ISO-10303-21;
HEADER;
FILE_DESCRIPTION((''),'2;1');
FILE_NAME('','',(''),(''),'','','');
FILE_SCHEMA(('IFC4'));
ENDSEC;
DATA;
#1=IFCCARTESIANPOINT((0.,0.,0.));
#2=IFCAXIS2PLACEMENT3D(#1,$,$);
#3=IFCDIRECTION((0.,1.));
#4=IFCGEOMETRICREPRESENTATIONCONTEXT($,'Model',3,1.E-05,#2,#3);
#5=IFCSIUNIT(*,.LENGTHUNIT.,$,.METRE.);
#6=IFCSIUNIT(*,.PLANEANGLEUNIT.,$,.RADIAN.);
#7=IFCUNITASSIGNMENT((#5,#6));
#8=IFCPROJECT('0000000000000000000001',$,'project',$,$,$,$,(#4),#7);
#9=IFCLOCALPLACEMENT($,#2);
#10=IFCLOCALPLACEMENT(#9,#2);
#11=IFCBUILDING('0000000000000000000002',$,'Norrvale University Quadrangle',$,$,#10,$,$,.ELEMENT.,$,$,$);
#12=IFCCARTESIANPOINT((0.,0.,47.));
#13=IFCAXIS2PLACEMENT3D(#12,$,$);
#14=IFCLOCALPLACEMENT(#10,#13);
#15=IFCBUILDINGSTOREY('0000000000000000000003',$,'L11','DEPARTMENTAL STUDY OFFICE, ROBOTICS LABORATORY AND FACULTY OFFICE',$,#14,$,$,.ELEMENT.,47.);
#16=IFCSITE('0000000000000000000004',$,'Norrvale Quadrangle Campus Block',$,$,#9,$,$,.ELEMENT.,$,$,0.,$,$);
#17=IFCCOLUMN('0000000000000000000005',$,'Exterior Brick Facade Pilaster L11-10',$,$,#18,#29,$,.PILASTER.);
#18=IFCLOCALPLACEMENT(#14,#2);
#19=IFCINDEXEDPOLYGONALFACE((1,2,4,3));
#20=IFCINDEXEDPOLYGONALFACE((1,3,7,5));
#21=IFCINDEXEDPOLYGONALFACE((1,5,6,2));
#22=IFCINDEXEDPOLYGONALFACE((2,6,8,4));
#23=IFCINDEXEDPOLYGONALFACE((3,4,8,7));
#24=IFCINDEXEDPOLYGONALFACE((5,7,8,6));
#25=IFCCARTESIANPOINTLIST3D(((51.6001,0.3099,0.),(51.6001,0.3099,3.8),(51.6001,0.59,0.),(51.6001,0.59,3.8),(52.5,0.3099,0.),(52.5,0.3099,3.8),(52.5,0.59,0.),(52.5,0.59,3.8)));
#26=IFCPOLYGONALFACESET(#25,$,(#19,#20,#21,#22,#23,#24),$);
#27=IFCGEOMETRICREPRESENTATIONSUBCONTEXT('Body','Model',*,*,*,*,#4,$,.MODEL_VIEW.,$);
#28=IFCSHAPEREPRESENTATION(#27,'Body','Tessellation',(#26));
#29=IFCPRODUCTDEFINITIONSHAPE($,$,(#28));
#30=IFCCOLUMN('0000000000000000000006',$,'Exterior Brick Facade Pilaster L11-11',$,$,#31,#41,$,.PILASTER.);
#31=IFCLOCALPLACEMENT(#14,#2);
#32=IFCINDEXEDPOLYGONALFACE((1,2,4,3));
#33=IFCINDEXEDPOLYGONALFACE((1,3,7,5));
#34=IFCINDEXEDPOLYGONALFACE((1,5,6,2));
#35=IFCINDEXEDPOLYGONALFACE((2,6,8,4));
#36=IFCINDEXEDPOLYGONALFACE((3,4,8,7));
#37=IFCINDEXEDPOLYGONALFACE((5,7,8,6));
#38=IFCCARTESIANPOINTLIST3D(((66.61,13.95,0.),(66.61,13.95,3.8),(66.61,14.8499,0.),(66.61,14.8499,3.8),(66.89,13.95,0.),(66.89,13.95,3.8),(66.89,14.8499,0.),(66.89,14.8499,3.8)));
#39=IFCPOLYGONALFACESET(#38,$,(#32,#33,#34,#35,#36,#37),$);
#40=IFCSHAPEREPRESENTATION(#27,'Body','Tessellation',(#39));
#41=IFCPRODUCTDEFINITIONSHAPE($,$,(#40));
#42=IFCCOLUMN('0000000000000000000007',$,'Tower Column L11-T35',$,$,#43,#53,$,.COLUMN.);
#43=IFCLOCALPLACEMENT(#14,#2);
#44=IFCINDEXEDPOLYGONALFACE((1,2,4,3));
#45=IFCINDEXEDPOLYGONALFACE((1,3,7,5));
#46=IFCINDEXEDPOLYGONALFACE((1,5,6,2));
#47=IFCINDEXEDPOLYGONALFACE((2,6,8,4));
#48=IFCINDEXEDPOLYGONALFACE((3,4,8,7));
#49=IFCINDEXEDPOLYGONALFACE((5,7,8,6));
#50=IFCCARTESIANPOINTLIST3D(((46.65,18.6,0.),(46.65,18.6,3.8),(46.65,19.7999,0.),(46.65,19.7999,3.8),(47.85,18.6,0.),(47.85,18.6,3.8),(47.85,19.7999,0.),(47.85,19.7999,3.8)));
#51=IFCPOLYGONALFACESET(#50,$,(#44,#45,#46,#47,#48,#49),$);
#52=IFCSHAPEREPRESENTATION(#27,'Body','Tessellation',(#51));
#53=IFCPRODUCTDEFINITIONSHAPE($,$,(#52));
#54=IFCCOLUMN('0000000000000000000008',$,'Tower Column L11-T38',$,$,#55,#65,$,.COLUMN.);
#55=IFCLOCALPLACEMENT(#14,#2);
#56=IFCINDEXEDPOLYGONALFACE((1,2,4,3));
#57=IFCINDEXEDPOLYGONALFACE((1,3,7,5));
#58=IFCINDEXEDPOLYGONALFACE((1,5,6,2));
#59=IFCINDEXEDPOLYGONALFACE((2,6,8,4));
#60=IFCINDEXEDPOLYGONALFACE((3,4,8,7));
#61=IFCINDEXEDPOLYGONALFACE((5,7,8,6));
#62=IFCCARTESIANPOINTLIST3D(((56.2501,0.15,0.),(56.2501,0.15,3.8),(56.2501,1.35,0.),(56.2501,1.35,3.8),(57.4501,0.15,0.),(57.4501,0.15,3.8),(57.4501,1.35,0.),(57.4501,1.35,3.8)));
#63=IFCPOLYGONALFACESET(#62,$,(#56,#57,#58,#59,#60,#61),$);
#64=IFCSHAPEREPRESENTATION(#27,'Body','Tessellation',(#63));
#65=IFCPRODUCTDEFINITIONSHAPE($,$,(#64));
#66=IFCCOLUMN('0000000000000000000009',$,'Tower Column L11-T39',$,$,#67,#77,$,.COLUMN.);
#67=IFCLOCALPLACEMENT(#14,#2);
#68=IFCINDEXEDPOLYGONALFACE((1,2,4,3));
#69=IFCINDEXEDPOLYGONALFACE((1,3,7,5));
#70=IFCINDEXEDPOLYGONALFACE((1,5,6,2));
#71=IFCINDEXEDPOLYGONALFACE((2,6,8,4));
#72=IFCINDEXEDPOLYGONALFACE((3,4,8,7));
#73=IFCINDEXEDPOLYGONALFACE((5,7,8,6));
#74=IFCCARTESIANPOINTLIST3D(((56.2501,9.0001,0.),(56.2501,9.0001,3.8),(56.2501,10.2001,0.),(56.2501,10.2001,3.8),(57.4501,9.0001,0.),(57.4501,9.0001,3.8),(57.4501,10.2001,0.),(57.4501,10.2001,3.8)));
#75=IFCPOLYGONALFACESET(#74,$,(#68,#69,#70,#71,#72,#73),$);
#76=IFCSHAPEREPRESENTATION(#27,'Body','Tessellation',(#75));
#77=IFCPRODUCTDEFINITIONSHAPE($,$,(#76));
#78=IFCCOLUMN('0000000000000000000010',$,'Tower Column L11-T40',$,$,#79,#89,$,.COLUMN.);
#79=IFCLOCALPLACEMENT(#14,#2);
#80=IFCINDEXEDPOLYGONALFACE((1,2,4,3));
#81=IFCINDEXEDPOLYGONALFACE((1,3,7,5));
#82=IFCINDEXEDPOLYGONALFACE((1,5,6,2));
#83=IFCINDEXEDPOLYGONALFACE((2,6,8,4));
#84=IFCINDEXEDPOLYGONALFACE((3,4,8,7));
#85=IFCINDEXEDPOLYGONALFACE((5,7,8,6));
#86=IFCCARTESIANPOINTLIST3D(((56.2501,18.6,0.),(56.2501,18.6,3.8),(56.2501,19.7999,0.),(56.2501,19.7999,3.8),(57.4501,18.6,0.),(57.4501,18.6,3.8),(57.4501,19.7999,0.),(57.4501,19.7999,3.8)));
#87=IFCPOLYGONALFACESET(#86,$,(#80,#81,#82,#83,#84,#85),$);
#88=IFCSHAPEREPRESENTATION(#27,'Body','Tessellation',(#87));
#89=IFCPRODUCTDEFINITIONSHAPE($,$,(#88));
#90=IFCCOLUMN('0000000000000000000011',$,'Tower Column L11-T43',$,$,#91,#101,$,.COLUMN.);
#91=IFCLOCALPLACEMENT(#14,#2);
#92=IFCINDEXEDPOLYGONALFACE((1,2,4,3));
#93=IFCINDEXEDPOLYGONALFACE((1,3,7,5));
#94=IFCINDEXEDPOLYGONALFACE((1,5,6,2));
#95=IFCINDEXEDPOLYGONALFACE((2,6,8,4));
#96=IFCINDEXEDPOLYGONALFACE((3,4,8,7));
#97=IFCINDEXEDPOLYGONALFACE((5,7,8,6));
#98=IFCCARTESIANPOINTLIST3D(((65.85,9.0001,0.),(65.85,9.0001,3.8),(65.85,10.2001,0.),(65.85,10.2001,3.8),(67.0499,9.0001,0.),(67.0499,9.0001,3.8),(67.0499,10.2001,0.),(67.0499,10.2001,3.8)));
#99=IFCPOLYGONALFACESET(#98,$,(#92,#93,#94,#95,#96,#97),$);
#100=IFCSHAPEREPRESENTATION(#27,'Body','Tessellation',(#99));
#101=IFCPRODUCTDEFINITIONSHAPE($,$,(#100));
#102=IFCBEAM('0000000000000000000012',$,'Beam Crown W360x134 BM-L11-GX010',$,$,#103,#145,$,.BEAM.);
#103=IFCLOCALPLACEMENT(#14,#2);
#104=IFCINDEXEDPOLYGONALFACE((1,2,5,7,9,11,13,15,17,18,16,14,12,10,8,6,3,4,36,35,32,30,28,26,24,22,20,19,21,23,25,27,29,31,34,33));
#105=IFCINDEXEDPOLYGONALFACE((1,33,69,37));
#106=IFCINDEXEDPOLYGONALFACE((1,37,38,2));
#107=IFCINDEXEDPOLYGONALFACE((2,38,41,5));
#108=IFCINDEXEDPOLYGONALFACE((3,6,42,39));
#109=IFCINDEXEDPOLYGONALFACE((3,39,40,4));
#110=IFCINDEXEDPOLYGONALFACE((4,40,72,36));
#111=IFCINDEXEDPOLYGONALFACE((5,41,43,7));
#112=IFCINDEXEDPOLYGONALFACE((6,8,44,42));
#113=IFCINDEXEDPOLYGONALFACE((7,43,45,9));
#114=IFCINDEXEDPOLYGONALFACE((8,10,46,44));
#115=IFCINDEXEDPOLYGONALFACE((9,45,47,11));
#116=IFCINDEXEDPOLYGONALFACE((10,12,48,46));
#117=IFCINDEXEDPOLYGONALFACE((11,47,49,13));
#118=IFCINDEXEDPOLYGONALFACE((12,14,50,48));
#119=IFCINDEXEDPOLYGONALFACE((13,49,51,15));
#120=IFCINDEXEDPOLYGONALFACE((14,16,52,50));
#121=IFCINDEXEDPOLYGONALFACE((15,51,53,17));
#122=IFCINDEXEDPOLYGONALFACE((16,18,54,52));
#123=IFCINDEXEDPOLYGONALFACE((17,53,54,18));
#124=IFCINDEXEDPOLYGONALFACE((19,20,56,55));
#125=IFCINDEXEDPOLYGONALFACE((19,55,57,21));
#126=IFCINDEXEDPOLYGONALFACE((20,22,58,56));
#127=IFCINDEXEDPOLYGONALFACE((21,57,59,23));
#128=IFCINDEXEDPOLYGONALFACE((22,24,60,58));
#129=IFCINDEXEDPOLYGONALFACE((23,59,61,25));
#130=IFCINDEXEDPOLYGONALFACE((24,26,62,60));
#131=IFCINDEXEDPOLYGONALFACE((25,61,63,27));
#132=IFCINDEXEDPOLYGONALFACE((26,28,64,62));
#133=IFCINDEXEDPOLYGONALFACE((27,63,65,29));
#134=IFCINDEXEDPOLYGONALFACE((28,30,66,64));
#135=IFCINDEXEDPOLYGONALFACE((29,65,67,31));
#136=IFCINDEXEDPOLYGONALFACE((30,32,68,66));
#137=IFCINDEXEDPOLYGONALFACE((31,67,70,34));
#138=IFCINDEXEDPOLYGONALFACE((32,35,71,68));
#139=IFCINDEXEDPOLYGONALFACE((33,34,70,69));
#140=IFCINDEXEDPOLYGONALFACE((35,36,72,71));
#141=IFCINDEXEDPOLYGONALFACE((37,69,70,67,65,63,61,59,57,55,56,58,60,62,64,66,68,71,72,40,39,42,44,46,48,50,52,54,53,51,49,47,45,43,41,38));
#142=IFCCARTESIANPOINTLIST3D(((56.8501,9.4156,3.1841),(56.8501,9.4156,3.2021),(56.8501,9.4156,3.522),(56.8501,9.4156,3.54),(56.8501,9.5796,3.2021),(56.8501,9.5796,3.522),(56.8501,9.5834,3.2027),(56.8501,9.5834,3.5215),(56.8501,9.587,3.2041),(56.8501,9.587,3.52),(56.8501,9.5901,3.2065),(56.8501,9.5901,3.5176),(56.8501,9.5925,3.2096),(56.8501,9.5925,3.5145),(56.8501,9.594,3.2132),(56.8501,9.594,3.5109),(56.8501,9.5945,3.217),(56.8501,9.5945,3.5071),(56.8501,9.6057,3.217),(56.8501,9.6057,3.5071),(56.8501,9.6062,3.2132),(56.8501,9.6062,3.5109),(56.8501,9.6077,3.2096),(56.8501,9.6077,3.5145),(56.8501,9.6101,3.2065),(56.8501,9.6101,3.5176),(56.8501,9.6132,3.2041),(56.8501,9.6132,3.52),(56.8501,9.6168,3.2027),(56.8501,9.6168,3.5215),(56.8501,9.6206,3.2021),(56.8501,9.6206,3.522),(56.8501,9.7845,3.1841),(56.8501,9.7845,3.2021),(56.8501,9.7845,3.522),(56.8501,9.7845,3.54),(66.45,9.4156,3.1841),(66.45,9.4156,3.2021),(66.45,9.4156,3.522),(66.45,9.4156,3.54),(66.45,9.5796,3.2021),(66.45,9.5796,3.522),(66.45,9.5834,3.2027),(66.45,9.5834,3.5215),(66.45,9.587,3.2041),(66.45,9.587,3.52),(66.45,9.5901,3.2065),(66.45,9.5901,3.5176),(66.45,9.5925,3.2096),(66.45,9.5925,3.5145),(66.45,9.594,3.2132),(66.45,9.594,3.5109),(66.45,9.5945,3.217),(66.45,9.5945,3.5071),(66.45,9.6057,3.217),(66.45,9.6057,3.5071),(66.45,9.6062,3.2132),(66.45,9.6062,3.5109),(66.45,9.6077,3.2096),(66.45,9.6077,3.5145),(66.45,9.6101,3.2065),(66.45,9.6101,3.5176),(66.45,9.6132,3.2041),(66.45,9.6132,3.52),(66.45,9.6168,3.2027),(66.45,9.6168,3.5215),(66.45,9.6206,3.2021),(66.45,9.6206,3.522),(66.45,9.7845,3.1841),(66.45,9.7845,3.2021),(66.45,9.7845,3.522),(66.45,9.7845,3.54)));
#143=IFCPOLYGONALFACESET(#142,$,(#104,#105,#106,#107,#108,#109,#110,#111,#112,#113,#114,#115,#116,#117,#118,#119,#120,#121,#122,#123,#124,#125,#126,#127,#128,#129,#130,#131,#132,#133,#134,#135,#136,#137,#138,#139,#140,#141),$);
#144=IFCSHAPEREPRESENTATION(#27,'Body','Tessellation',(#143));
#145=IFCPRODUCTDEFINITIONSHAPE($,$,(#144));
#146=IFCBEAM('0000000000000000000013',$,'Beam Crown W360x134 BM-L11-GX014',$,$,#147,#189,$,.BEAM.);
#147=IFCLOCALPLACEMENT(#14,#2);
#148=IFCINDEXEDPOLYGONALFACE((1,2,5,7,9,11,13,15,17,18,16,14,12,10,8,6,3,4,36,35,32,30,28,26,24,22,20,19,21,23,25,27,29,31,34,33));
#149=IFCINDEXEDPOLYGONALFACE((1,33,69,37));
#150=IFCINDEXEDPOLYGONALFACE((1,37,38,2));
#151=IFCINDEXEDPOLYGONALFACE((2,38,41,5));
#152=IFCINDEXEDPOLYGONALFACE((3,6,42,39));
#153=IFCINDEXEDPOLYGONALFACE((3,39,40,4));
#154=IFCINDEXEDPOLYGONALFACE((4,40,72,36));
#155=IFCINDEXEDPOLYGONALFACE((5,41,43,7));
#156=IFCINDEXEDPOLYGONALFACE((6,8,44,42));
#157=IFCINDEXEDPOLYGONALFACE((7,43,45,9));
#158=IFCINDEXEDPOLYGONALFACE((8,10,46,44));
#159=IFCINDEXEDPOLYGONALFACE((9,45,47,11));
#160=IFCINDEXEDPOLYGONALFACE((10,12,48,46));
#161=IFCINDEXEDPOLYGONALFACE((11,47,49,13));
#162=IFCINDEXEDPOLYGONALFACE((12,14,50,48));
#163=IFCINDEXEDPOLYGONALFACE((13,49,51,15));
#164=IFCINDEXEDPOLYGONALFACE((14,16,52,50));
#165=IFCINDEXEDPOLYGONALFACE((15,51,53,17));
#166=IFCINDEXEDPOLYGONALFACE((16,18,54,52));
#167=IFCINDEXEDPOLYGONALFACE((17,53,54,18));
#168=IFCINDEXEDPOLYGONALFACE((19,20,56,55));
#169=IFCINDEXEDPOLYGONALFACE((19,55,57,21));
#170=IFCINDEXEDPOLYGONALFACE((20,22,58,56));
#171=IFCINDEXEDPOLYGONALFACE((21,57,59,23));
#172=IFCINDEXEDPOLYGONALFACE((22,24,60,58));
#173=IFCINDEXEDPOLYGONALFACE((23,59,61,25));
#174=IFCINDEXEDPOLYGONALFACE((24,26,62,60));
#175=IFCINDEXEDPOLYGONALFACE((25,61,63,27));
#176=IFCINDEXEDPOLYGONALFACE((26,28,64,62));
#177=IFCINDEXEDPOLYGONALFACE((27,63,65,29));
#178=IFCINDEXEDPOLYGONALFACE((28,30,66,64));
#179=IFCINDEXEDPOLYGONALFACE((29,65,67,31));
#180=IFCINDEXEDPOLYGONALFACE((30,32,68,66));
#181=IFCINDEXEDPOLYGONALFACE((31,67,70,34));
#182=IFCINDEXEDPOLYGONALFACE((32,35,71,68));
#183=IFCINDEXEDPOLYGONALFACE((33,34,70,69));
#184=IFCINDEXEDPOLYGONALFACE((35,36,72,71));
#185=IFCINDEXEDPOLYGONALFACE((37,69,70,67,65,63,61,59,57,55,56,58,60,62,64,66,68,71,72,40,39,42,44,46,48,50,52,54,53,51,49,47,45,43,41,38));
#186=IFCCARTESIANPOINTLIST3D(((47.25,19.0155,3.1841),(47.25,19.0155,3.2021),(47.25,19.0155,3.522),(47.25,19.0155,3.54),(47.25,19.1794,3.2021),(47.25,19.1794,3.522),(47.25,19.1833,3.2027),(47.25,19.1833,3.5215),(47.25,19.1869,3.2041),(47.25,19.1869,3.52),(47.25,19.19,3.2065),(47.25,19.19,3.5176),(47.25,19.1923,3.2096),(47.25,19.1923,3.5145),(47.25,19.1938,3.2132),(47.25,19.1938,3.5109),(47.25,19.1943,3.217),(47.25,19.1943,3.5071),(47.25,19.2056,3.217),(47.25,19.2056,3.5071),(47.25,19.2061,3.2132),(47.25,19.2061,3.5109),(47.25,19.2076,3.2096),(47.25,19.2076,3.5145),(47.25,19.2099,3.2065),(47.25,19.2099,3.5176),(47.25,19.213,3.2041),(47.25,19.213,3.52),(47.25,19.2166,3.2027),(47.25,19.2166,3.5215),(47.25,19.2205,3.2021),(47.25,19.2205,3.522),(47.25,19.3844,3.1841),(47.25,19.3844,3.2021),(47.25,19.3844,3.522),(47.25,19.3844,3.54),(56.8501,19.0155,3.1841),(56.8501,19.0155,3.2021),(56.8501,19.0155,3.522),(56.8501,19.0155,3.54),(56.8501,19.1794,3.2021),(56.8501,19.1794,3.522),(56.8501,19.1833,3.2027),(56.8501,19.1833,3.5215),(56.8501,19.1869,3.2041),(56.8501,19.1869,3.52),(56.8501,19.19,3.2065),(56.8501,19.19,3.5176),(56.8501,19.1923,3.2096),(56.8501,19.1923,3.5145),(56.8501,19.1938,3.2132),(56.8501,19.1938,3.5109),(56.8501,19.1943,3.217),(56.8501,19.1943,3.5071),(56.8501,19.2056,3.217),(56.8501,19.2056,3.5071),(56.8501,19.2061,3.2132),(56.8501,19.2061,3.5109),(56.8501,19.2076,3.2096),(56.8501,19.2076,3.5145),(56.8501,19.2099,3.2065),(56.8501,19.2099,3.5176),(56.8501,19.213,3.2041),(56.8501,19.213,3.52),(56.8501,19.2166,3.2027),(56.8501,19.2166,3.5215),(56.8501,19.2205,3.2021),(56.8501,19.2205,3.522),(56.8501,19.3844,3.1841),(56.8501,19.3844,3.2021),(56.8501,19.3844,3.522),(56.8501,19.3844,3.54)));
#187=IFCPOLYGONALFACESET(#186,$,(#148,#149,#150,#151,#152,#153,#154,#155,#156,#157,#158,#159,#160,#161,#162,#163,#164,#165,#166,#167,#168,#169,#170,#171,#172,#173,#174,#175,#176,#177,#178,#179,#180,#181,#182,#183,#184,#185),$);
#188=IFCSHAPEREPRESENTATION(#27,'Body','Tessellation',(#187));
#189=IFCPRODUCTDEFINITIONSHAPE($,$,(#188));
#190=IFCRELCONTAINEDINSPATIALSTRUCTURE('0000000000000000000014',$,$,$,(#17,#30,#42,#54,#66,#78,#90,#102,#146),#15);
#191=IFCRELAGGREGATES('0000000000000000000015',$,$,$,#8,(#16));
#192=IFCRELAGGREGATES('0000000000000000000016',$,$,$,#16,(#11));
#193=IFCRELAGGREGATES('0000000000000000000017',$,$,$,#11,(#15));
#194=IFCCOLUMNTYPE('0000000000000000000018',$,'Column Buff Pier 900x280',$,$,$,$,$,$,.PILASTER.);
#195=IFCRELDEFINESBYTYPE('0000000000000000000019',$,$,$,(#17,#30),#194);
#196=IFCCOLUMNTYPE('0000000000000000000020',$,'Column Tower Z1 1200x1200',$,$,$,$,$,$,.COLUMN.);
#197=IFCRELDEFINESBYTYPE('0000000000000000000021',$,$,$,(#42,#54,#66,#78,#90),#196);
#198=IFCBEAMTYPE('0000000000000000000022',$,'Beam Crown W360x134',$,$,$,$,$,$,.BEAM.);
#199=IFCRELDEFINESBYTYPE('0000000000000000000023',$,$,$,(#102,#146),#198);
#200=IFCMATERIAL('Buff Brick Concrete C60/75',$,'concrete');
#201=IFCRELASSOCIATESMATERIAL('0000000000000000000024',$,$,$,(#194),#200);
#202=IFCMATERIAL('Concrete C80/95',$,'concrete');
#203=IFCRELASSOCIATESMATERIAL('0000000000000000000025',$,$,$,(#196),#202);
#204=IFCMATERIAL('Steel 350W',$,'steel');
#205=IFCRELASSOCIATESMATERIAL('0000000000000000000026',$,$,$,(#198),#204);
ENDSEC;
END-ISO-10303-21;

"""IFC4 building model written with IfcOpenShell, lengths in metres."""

from ifc_helpers import new_model, si_unit, direction, frame, origin, origin_2d, place, context, subcontext, project, spatial, rectangle, i_section, extrude, material, material_profile, profile_set, type_object, element, save


model = new_model("IFC4")

# Units and contexts
model_context = context("Model", 3, precision=1e-05, world=origin(), true_north=direction((0.0, 1.0)))
body_context = subcontext(model_context, "Body", "Model", "MODEL_VIEW")
ifc_project = project(units=[si_unit("LENGTHUNIT", "METRE"), si_unit("PLANEANGLEUNIT", "RADIAN")], contexts=[model_context])

# Site, building, storey
site_placement = place(None, origin())
site = spatial("IfcSite", under=ifc_project, at=site_placement, Name="Norrvale Quadrangle Campus Block", CompositionType="ELEMENT", RefElevation=0.0)
building_placement = place(site_placement, origin())
building = spatial("IfcBuilding", under=site, at=building_placement, Name="Norrvale University Quadrangle", CompositionType="ELEMENT")
storey_placement = place(building_placement, frame((0.0, 0.0, 47.0)))
storey = spatial("IfcBuildingStorey", under=building, at=storey_placement, Name="L11", Description="DEPARTMENTAL STUDY OFFICE, ROBOTICS LABORATORY AND FACULTY OFFICE", CompositionType="ELEMENT", Elevation=47.0)

# Columns
ifc_material_1 = material(Name="Buff Brick Concrete C60/75", Category="concrete")
ifc_material_profile_1 = material_profile(ifc_material_1, rectangle(XDim=0.8999, YDim=0.28, at=origin_2d()), Name="Buff Brick Concrete C60/75")
ifc_profile_set_1 = profile_set([ifc_material_profile_1], Name="Buff Brick Concrete C60/75")
column_type_1 = type_object("IfcColumnType", Name="Column Buff Pier 900x280", PredefinedType="PILASTER", material=ifc_profile_set_1)
for number, where, z_axis, x_axis, name in (
    (1, (52.05, 0.45, 0.0), (0.0, 0.0, 1.0), (1.0, 0.0, 0.0), "Exterior Brick Facade Pilaster L11-10"),
    (2, (66.75, 14.3999, 0.0), (0.0, 0.0, 1.0), (0.0, 1.0, 0.0), "Exterior Brick Facade Pilaster L11-11"),
):
    element("IfcColumn", number, at=place(storey_placement, frame(where, z_axis=z_axis, x_axis=x_axis)), inside=storey, type_object=column_type_1, Name=name, PredefinedType="PILASTER", context=body_context, shape_type="SweptSolid", body=[
        extrude(rectangle(XDim=0.8999, YDim=0.28, at=origin_2d()), origin(), (0.0, 0.0, 1.0), 3.8),
    ])
ifc_material_2 = material(Name="Concrete C80/95", Category="concrete")
ifc_material_profile_2 = material_profile(ifc_material_2, rectangle(XDim=1.2, YDim=1.2, at=origin_2d()), Name="Concrete C80/95")
ifc_profile_set_2 = profile_set([ifc_material_profile_2], Name="Concrete C80/95")
column_type_2 = type_object("IfcColumnType", Name="Column Tower Z1 1200x1200", PredefinedType="COLUMN", material=ifc_profile_set_2)
for number, where, z_axis, x_axis, name in (
    (3, (47.25, 19.2, 0.0), (0.0, 0.0, 1.0), (1.0, 0.0, 0.0), "Tower Column L11-T35"),
    (4, (56.8501, 0.75, 0.0), (0.0, 0.0, 1.0), (1.0, 0.0, 0.0), "Tower Column L11-T38"),
    (5, (56.8501, 9.6001, 0.0), (0.0, 0.0, 1.0), (1.0, 0.0, 0.0), "Tower Column L11-T39"),
    (6, (56.8501, 19.2, 0.0), (0.0, 0.0, 1.0), (1.0, 0.0, 0.0), "Tower Column L11-T40"),
    (7, (66.45, 9.6001, 0.0), (0.0, 0.0, 1.0), (1.0, 0.0, 0.0), "Tower Column L11-T43"),
):
    element("IfcColumn", number, at=place(storey_placement, frame(where, z_axis=z_axis, x_axis=x_axis)), inside=storey, type_object=column_type_2, Name=name, PredefinedType="COLUMN", context=body_context, shape_type="SweptSolid", body=[
        extrude(rectangle(XDim=1.2, YDim=1.2, at=origin_2d()), origin(), (0.0, 0.0, 1.0), 3.8),
    ])

# Beams
ifc_material_3 = material(Name="Steel 350W", Category="steel")
ifc_material_profile_3 = material_profile(ifc_material_3, i_section(OverallWidth=0.3689, OverallDepth=0.356, WebThickness=0.0112, FlangeThickness=0.0181, FilletRadius=0.0149, at=origin_2d()), Name="Steel 350W")
ifc_profile_set_3 = profile_set([ifc_material_profile_3], Name="Steel 350W")
beam_type_1 = type_object("IfcBeamType", Name="Beam Crown W360x134", PredefinedType="BEAM", material=ifc_profile_set_3)
beam_1_placement = place(storey_placement, frame((56.8501, 9.6001, 3.3621), z_axis=(1.0, 0.0, 0.0), x_axis=(0.0, 1.0, 0.0)))
element("IfcBeam", 8, at=beam_1_placement, inside=storey, type_object=beam_type_1, Name="Beam Crown W360x134 BM-L11-GX010", PredefinedType="BEAM", context=body_context, shape_type="SweptSolid", body=[
    extrude(i_section(OverallWidth=0.3689, OverallDepth=0.356, WebThickness=0.0112, FlangeThickness=0.0181, FilletRadius=0.0149, at=origin_2d()), origin(), (0.0, 0.0, 1.0), 9.5999),
])
beam_2_placement = place(storey_placement, frame((47.25, 19.2, 3.3621), z_axis=(1.0, 0.0, 0.0), x_axis=(0.0, 1.0, 0.0)))
element("IfcBeam", 9, at=beam_2_placement, inside=storey, type_object=beam_type_1, Name="Beam Crown W360x134 BM-L11-GX014", PredefinedType="BEAM", context=body_context, shape_type="SweptSolid", body=[
    extrude(i_section(OverallWidth=0.3689, OverallDepth=0.356, WebThickness=0.0112, FlangeThickness=0.0181, FilletRadius=0.0149, at=origin_2d()), origin(), (0.0, 0.0, 1.0), 9.6001),
])

save(model, "model.ifc")
